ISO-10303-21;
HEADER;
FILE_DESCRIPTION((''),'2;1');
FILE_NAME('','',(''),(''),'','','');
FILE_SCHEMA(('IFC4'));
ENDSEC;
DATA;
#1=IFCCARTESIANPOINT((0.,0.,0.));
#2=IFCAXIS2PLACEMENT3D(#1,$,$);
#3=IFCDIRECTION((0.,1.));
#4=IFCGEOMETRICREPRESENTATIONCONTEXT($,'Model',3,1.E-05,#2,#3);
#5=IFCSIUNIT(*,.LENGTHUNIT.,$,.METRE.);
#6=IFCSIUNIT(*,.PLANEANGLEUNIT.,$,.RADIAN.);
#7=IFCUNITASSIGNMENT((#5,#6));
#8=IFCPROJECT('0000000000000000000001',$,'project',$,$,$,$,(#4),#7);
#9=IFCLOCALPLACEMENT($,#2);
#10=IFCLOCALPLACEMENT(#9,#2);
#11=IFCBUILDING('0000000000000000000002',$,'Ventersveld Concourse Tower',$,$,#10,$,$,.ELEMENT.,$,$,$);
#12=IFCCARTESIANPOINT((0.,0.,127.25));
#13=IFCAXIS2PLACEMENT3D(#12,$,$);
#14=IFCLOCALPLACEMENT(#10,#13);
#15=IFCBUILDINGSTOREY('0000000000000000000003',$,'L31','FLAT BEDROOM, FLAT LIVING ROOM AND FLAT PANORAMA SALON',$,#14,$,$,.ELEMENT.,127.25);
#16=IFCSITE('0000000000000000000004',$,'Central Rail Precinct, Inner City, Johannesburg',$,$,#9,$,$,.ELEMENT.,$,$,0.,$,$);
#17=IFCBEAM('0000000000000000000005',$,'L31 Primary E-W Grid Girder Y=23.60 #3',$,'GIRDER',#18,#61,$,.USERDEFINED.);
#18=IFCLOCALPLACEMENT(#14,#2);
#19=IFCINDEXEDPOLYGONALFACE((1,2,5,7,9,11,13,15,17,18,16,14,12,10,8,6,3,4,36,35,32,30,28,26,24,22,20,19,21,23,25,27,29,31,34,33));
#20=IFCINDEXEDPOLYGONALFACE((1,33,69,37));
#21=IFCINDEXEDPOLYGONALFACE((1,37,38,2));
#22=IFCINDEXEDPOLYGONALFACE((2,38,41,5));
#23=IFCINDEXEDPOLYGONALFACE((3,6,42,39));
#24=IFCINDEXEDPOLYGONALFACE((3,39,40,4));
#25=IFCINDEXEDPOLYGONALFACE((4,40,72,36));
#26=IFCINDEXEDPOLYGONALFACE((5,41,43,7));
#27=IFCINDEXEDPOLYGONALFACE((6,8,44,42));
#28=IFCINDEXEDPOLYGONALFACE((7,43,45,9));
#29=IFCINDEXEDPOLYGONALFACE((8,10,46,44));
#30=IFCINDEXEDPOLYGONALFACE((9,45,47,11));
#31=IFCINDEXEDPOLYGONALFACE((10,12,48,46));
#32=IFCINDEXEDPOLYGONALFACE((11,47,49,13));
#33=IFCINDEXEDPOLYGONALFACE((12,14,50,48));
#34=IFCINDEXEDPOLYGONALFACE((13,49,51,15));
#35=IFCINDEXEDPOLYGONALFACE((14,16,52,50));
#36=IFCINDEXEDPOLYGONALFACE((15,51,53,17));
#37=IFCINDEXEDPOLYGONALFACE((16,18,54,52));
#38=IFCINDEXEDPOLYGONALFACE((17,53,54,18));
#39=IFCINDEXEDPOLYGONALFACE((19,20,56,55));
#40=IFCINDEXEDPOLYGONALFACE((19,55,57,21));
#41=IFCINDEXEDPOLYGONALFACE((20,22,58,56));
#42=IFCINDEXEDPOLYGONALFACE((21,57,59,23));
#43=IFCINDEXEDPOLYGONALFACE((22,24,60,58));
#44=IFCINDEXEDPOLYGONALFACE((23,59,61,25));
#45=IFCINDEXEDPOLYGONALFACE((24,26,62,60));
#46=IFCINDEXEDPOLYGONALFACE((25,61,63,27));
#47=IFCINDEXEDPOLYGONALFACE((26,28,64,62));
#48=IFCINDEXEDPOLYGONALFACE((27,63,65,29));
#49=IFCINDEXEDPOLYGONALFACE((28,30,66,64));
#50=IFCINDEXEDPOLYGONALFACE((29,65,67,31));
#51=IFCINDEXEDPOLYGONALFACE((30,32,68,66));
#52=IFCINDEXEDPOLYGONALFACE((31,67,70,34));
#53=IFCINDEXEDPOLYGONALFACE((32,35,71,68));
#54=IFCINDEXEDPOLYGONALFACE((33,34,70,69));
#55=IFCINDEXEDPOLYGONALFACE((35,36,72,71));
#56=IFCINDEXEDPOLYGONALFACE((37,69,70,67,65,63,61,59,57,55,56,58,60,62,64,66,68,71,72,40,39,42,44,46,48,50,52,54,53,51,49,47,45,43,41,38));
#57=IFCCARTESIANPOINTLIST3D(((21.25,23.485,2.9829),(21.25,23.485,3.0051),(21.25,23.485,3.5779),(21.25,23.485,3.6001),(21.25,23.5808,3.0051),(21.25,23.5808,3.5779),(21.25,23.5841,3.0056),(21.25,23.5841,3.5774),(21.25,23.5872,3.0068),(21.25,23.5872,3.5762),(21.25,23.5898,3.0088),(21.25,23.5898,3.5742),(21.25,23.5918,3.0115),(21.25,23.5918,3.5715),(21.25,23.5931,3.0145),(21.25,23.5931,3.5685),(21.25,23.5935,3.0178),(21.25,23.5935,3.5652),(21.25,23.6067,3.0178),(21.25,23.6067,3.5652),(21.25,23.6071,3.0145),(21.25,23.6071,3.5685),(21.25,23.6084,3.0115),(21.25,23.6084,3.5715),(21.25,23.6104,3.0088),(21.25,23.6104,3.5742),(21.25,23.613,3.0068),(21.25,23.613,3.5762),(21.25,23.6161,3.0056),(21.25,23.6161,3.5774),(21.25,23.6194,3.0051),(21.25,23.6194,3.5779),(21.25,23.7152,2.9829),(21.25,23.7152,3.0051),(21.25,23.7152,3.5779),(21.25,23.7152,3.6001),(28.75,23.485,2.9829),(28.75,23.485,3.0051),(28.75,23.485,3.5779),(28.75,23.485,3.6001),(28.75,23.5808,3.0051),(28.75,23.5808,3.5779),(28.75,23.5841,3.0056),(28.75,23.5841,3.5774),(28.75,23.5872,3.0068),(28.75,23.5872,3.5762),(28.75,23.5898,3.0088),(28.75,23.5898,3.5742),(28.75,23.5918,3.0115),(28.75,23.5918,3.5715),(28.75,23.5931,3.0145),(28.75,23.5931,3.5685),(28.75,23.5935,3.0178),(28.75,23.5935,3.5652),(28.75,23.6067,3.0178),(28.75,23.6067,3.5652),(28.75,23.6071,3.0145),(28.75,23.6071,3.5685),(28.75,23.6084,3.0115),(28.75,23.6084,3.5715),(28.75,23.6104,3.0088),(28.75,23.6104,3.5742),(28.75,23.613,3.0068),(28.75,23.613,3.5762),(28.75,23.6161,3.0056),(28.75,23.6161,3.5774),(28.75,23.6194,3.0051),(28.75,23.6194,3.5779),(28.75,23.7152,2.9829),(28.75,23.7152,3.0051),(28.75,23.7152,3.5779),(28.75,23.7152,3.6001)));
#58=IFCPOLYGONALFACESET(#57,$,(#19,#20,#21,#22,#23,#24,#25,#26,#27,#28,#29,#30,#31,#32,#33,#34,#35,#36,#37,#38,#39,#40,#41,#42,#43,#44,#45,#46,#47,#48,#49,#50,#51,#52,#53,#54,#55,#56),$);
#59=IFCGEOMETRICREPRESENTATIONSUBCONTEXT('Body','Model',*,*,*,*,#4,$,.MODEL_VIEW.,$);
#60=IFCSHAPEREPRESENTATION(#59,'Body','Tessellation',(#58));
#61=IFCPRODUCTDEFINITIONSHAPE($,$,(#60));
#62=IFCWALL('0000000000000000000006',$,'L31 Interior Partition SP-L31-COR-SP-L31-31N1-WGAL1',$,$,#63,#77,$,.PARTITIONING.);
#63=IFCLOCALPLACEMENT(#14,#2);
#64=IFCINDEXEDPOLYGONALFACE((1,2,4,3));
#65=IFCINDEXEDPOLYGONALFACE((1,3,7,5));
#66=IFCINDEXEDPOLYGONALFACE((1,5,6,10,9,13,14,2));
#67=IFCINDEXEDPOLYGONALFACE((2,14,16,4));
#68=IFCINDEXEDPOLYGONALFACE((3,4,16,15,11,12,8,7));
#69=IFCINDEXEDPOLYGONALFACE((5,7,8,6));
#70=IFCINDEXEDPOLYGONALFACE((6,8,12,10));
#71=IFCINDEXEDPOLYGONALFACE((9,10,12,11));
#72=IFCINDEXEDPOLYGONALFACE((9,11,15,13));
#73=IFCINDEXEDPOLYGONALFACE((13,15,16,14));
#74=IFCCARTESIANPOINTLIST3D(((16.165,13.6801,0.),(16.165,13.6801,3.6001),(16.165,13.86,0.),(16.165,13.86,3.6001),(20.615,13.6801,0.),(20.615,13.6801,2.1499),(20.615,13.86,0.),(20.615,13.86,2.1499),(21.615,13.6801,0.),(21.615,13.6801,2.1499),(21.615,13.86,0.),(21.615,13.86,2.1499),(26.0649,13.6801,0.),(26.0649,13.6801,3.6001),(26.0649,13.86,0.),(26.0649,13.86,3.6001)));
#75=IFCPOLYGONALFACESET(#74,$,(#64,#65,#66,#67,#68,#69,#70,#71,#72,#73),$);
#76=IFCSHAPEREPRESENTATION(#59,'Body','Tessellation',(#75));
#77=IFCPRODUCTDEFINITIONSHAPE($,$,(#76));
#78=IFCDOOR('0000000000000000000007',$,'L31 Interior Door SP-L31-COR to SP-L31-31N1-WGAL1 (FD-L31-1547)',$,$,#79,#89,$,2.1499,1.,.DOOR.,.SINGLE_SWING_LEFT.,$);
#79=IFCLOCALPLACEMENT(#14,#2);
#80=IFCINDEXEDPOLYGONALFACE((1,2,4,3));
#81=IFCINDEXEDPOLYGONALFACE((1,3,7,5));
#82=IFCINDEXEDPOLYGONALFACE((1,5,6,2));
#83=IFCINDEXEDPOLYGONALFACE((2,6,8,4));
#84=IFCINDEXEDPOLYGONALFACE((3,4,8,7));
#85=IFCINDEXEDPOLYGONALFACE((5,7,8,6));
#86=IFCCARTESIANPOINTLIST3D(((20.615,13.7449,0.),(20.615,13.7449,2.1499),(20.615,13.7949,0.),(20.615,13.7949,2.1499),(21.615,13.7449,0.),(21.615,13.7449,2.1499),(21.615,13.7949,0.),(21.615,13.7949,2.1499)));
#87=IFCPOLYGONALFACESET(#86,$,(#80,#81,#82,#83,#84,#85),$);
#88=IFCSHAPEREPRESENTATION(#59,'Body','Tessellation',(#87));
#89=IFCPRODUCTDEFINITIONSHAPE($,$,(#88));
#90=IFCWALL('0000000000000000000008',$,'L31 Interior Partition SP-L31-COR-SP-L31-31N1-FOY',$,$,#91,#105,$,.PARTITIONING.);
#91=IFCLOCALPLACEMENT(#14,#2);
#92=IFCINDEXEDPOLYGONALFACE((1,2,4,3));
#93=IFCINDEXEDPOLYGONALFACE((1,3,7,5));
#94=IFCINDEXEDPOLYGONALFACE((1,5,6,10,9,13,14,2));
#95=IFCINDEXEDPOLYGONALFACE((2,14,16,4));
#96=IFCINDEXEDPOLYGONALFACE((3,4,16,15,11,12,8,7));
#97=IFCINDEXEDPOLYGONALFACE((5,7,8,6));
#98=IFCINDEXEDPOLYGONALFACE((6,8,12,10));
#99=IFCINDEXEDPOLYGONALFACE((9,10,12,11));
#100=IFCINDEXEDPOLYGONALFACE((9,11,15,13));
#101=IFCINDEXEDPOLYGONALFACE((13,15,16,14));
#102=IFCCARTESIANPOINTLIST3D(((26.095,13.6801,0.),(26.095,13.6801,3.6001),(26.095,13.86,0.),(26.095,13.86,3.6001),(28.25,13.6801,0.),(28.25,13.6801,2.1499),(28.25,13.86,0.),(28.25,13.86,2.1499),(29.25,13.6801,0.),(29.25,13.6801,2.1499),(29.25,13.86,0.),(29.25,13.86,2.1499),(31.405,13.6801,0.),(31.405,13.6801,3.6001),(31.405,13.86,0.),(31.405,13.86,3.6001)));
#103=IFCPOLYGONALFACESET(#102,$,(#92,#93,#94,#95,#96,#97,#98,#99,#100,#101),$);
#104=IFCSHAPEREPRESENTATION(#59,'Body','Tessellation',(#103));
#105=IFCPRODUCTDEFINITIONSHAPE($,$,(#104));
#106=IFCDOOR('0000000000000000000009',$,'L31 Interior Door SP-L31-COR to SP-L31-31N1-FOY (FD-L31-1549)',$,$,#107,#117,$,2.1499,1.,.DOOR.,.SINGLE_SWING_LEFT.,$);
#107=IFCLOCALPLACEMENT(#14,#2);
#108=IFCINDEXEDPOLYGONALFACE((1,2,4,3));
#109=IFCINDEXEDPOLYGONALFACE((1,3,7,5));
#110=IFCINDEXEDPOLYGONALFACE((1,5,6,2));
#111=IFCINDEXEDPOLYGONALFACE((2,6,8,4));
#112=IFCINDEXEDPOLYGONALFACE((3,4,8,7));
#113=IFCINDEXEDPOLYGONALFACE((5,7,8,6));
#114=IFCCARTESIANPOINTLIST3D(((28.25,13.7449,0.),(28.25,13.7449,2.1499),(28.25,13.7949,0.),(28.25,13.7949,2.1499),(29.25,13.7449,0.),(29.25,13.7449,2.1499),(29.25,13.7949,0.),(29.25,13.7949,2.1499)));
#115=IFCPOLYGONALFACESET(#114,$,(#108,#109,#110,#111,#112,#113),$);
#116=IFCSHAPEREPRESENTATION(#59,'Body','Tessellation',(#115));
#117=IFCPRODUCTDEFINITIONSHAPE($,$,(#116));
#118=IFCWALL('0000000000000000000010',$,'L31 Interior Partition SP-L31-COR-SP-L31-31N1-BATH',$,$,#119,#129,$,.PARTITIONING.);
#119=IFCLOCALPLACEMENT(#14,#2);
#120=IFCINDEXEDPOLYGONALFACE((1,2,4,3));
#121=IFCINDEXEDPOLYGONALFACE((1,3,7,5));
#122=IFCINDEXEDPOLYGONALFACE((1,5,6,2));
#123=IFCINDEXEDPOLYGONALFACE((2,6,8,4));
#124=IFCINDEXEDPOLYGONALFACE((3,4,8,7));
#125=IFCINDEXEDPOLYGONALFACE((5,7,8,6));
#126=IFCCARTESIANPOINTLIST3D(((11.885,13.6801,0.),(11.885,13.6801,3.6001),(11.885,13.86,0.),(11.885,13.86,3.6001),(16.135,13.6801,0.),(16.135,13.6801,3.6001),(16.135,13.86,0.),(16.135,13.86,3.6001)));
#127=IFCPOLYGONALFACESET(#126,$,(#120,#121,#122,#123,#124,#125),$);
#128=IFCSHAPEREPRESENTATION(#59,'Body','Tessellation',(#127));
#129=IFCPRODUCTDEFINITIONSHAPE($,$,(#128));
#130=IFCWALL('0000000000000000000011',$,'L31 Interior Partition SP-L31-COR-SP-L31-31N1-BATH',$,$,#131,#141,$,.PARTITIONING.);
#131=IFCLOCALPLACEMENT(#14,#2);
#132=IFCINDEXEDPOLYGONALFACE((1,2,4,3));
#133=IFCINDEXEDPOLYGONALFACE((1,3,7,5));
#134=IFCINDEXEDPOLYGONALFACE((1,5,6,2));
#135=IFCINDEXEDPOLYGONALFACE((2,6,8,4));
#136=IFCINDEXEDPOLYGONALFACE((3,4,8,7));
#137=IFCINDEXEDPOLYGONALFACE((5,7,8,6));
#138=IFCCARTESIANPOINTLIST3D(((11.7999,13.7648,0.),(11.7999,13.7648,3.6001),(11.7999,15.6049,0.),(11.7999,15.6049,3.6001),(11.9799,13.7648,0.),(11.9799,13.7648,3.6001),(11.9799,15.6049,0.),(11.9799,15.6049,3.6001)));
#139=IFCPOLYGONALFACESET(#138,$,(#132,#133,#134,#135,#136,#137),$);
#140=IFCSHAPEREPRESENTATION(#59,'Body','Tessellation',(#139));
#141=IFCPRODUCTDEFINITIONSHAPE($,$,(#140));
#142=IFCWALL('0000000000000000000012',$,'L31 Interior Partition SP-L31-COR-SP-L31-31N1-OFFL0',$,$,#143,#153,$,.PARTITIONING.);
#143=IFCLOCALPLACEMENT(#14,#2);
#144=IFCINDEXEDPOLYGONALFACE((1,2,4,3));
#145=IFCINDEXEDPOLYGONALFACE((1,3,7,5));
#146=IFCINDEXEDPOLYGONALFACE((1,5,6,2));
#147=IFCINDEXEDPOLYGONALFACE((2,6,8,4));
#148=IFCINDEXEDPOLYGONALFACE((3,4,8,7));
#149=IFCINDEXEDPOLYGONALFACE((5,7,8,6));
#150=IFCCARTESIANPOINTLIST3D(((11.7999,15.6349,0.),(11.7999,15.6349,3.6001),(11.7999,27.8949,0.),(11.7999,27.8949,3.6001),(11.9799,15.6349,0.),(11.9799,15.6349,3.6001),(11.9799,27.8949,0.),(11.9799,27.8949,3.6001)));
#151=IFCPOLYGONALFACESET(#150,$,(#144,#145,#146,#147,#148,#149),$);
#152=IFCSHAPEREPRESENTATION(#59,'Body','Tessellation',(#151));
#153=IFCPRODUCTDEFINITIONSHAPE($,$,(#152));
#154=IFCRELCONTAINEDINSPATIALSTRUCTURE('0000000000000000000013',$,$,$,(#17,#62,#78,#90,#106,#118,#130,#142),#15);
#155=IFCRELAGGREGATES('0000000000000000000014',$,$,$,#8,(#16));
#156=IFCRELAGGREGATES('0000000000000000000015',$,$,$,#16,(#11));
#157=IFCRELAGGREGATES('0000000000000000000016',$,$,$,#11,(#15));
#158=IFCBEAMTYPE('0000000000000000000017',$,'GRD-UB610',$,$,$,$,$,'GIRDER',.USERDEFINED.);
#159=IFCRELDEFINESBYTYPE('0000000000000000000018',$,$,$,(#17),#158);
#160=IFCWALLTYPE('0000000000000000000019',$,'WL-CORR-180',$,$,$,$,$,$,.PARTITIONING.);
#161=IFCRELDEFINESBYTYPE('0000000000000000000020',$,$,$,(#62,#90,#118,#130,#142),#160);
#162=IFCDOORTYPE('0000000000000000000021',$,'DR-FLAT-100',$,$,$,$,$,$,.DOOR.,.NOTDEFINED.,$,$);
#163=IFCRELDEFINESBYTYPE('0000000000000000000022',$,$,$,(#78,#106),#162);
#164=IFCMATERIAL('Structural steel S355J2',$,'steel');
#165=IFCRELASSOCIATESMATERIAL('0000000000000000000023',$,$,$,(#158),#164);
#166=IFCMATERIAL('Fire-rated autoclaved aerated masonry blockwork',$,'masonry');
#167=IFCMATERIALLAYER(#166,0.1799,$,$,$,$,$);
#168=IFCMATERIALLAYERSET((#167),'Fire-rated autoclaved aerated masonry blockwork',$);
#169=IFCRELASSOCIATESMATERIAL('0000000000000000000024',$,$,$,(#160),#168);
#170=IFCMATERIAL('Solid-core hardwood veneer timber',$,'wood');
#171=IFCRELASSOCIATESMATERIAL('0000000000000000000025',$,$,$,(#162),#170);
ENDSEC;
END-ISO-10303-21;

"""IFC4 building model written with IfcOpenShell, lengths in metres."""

from ifc_helpers import new_model, si_unit, direction, frame, frame_2d, origin, origin_2d, place, context, subcontext, project, spatial, rectangle, i_section, extrude, material, layer, layer_set, material_profile, profile_set, type_object, element, fill, save


model = new_model("IFC4")

# Units and contexts
model_context = context("Model", 3, precision=1e-05, world=origin(), true_north=direction((0.0, 1.0)))
body_context = subcontext(model_context, "Body", "Model", "MODEL_VIEW")
ifc_project = project(units=[si_unit("LENGTHUNIT", "METRE"), si_unit("PLANEANGLEUNIT", "RADIAN")], contexts=[model_context])

# Site, building, storey
site_placement = place(None, origin())
site = spatial("IfcSite", under=ifc_project, at=site_placement, Name="Central Rail Precinct, Inner City, Johannesburg", CompositionType="ELEMENT", RefElevation=0.0)
building_placement = place(site_placement, origin())
building = spatial("IfcBuilding", under=site, at=building_placement, Name="Ventersveld Concourse Tower", CompositionType="ELEMENT")
storey_placement = place(building_placement, frame((0.0, 0.0, 127.25)))
storey = spatial("IfcBuildingStorey", under=building, at=storey_placement, Name="L31", Description="FLAT BEDROOM, FLAT LIVING ROOM AND FLAT PANORAMA SALON", CompositionType="ELEMENT", Elevation=127.25)

# Beam
ifc_material_1 = material(Name="Structural steel S355J2", Category="steel")
ifc_material_profile_1 = material_profile(ifc_material_1, i_section(OverallWidth=0.2302, OverallDepth=0.6172, WebThickness=0.0132, FlangeThickness=0.0222, FilletRadius=0.0127, at=origin_2d()), Name="UB 610x229x140")
ifc_profile_set_1 = profile_set([ifc_material_profile_1], Name="Structural steel S355J2")
beam_type_1 = type_object("IfcBeamType", Name="GRD-UB610", ElementType="GIRDER", PredefinedType="USERDEFINED", material=ifc_profile_set_1)
for number, where, z_axis, x_axis, name in (
    (1, (21.25, 23.6001, 3.2915), (1.0, 0.0, 0.0), (0.0, 1.0, 0.0), "L31 Primary E-W Grid Girder Y=23.60 #3"),
):
    element("IfcBeam", number, at=place(storey_placement, frame(where, z_axis=z_axis, x_axis=x_axis)), inside=storey, type_object=beam_type_1, Name=name, ObjectType="GIRDER", PredefinedType="USERDEFINED", context=body_context, shape_type="SweptSolid", body=[
        extrude(i_section(OverallWidth=0.2302, OverallDepth=0.6172, WebThickness=0.0132, FlangeThickness=0.0222, FilletRadius=0.0127, at=origin_2d()), origin(), (0.0, 0.0, 1.0), 7.5),
    ])

# Walls, openings, doors
ifc_material_2 = material(Name="Fire-rated autoclaved aerated masonry blockwork", Category="masonry")
ifc_layer_1 = layer(ifc_material_2, 0.1799)
ifc_layer_set_1 = layer_set([ifc_layer_1], Name="Fire-rated autoclaved aerated masonry blockwork")
wall_type_1 = type_object("IfcWallType", Name="WL-CORR-180", PredefinedType="PARTITIONING", material=ifc_layer_set_1)
wall_1_placement = place(storey_placement, frame((16.165, 13.77, 0.0), z_axis=(0.0, 0.0, 1.0), x_axis=(1.0, 0.0, 0.0)))
wall_1 = element("IfcWall", 2, at=wall_1_placement, inside=storey, type_object=wall_type_1, Name="L31 Interior Partition SP-L31-COR-SP-L31-31N1-WGAL1", PredefinedType="PARTITIONING", context=body_context, shape_type="SweptSolid", body=[
    extrude(rectangle(XDim=9.8999, YDim=0.1799, at=frame_2d((4.95, 0.0))), origin(), (0.0, 0.0, 1.0), 3.6001),
])
opening_1_placement = place(wall_1_placement, frame((4.45, 0.0, 0.0)))
opening_1 = element("IfcOpeningElement", 3, at=opening_1_placement, cuts=wall_1, PredefinedType="OPENING", context=body_context, shape_type="SweptSolid", body=[
    extrude(rectangle(XDim=1.0, YDim=2.1499, at=frame_2d((0.5, 1.075))), frame((0.0, 0.1001, 0.0), z_axis=(0.0, -1.0, 0.0), x_axis=(1.0, 0.0, 0.0)), (0.0, 0.0, 1.0), 0.2),
])
ifc_material_3 = material(Name="Solid-core hardwood veneer timber", Category="wood")
door_type_1 = type_object("IfcDoorType", Name="DR-FLAT-100", OperationType="NOTDEFINED", PredefinedType="DOOR", material=ifc_material_3)
door_1_placement = place(opening_1_placement, origin())
door_1 = element("IfcDoor", 4, at=door_1_placement, inside=storey, type_object=door_type_1, Name="L31 Interior Door SP-L31-COR to SP-L31-31N1-WGAL1 (FD-L31-1547)", OperationType="SINGLE_SWING_LEFT", OverallHeight=2.1499, OverallWidth=1.0, PredefinedType="DOOR", context=body_context, shape_type="SweptSolid", body=[
    extrude(rectangle(XDim=1.0, YDim=2.1499, at=frame_2d((0.5, 1.075))), frame((0.0, 0.0249, 0.0), z_axis=(0.0, -1.0, 0.0), x_axis=(1.0, 0.0, 0.0)), (0.0, 0.0, 1.0), 0.05),
])
fill(opening_1, door_1)
wall_2_placement = place(storey_placement, frame((26.095, 13.77, 0.0), z_axis=(0.0, 0.0, 1.0), x_axis=(1.0, 0.0, 0.0)))
wall_2 = element("IfcWall", 5, at=wall_2_placement, inside=storey, type_object=wall_type_1, Name="L31 Interior Partition SP-L31-COR-SP-L31-31N1-FOY", PredefinedType="PARTITIONING", context=body_context, shape_type="SweptSolid", body=[
    extrude(rectangle(XDim=5.3101, YDim=0.1799, at=frame_2d((2.655, 0.0))), origin(), (0.0, 0.0, 1.0), 3.6001),
])
opening_2_placement = place(wall_2_placement, frame((2.155, 0.0, 0.0)))
opening_2 = element("IfcOpeningElement", 6, at=opening_2_placement, cuts=wall_2, PredefinedType="OPENING", context=body_context, shape_type="SweptSolid", body=[
    extrude(rectangle(XDim=1.0, YDim=2.1499, at=frame_2d((0.5, 1.075))), frame((0.0, 0.1001, 0.0), z_axis=(0.0, -1.0, 0.0), x_axis=(1.0, 0.0, 0.0)), (0.0, 0.0, 1.0), 0.2),
])
door_2_placement = place(opening_2_placement, origin())
door_2 = element("IfcDoor", 7, at=door_2_placement, inside=storey, type_object=door_type_1, Name="L31 Interior Door SP-L31-COR to SP-L31-31N1-FOY (FD-L31-1549)", OperationType="SINGLE_SWING_LEFT", OverallHeight=2.1499, OverallWidth=1.0, PredefinedType="DOOR", context=body_context, shape_type="SweptSolid", body=[
    extrude(rectangle(XDim=1.0, YDim=2.1499, at=frame_2d((0.5, 1.075))), frame((0.0, 0.0249, 0.0), z_axis=(0.0, -1.0, 0.0), x_axis=(1.0, 0.0, 0.0)), (0.0, 0.0, 1.0), 0.05),
])
fill(opening_2, door_2)

# Walls
wall_3_placement = place(storey_placement, frame((11.885, 13.77, 0.0), z_axis=(0.0, 0.0, 1.0), x_axis=(1.0, 0.0, 0.0)))
element("IfcWall", 8, at=wall_3_placement, inside=storey, type_object=wall_type_1, Name="L31 Interior Partition SP-L31-COR-SP-L31-31N1-BATH", PredefinedType="PARTITIONING", context=body_context, shape_type="SweptSolid", body=[
    extrude(rectangle(XDim=4.25, YDim=0.1799, at=frame_2d((2.125, 0.0))), origin(), (0.0, 0.0, 1.0), 3.6001),
])
wall_4_placement = place(storey_placement, frame((11.8899, 13.7649, 0.0), z_axis=(0.0, 0.0, 1.0), x_axis=(0.0, 1.0, 0.0)))
element("IfcWall", 9, at=wall_4_placement, inside=storey, type_object=wall_type_1, Name="L31 Interior Partition SP-L31-COR-SP-L31-31N1-BATH", PredefinedType="PARTITIONING", context=body_context, shape_type="SweptSolid", body=[
    extrude(rectangle(XDim=1.8401, YDim=0.1799, at=frame_2d((0.9199, 0.0))), origin(), (0.0, 0.0, 1.0), 3.6001),
])
wall_5_placement = place(storey_placement, frame((11.8899, 15.635, 0.0), z_axis=(0.0, 0.0, 1.0), x_axis=(0.0, 1.0, 0.0)))
element("IfcWall", 10, at=wall_5_placement, inside=storey, type_object=wall_type_1, Name="L31 Interior Partition SP-L31-COR-SP-L31-31N1-OFFL0", PredefinedType="PARTITIONING", context=body_context, shape_type="SweptSolid", body=[
    extrude(rectangle(XDim=12.26, YDim=0.1799, at=frame_2d((6.1299, 0.0))), origin(), (0.0, 0.0, 1.0), 3.6001),
])

save(model, "model.ifc")
